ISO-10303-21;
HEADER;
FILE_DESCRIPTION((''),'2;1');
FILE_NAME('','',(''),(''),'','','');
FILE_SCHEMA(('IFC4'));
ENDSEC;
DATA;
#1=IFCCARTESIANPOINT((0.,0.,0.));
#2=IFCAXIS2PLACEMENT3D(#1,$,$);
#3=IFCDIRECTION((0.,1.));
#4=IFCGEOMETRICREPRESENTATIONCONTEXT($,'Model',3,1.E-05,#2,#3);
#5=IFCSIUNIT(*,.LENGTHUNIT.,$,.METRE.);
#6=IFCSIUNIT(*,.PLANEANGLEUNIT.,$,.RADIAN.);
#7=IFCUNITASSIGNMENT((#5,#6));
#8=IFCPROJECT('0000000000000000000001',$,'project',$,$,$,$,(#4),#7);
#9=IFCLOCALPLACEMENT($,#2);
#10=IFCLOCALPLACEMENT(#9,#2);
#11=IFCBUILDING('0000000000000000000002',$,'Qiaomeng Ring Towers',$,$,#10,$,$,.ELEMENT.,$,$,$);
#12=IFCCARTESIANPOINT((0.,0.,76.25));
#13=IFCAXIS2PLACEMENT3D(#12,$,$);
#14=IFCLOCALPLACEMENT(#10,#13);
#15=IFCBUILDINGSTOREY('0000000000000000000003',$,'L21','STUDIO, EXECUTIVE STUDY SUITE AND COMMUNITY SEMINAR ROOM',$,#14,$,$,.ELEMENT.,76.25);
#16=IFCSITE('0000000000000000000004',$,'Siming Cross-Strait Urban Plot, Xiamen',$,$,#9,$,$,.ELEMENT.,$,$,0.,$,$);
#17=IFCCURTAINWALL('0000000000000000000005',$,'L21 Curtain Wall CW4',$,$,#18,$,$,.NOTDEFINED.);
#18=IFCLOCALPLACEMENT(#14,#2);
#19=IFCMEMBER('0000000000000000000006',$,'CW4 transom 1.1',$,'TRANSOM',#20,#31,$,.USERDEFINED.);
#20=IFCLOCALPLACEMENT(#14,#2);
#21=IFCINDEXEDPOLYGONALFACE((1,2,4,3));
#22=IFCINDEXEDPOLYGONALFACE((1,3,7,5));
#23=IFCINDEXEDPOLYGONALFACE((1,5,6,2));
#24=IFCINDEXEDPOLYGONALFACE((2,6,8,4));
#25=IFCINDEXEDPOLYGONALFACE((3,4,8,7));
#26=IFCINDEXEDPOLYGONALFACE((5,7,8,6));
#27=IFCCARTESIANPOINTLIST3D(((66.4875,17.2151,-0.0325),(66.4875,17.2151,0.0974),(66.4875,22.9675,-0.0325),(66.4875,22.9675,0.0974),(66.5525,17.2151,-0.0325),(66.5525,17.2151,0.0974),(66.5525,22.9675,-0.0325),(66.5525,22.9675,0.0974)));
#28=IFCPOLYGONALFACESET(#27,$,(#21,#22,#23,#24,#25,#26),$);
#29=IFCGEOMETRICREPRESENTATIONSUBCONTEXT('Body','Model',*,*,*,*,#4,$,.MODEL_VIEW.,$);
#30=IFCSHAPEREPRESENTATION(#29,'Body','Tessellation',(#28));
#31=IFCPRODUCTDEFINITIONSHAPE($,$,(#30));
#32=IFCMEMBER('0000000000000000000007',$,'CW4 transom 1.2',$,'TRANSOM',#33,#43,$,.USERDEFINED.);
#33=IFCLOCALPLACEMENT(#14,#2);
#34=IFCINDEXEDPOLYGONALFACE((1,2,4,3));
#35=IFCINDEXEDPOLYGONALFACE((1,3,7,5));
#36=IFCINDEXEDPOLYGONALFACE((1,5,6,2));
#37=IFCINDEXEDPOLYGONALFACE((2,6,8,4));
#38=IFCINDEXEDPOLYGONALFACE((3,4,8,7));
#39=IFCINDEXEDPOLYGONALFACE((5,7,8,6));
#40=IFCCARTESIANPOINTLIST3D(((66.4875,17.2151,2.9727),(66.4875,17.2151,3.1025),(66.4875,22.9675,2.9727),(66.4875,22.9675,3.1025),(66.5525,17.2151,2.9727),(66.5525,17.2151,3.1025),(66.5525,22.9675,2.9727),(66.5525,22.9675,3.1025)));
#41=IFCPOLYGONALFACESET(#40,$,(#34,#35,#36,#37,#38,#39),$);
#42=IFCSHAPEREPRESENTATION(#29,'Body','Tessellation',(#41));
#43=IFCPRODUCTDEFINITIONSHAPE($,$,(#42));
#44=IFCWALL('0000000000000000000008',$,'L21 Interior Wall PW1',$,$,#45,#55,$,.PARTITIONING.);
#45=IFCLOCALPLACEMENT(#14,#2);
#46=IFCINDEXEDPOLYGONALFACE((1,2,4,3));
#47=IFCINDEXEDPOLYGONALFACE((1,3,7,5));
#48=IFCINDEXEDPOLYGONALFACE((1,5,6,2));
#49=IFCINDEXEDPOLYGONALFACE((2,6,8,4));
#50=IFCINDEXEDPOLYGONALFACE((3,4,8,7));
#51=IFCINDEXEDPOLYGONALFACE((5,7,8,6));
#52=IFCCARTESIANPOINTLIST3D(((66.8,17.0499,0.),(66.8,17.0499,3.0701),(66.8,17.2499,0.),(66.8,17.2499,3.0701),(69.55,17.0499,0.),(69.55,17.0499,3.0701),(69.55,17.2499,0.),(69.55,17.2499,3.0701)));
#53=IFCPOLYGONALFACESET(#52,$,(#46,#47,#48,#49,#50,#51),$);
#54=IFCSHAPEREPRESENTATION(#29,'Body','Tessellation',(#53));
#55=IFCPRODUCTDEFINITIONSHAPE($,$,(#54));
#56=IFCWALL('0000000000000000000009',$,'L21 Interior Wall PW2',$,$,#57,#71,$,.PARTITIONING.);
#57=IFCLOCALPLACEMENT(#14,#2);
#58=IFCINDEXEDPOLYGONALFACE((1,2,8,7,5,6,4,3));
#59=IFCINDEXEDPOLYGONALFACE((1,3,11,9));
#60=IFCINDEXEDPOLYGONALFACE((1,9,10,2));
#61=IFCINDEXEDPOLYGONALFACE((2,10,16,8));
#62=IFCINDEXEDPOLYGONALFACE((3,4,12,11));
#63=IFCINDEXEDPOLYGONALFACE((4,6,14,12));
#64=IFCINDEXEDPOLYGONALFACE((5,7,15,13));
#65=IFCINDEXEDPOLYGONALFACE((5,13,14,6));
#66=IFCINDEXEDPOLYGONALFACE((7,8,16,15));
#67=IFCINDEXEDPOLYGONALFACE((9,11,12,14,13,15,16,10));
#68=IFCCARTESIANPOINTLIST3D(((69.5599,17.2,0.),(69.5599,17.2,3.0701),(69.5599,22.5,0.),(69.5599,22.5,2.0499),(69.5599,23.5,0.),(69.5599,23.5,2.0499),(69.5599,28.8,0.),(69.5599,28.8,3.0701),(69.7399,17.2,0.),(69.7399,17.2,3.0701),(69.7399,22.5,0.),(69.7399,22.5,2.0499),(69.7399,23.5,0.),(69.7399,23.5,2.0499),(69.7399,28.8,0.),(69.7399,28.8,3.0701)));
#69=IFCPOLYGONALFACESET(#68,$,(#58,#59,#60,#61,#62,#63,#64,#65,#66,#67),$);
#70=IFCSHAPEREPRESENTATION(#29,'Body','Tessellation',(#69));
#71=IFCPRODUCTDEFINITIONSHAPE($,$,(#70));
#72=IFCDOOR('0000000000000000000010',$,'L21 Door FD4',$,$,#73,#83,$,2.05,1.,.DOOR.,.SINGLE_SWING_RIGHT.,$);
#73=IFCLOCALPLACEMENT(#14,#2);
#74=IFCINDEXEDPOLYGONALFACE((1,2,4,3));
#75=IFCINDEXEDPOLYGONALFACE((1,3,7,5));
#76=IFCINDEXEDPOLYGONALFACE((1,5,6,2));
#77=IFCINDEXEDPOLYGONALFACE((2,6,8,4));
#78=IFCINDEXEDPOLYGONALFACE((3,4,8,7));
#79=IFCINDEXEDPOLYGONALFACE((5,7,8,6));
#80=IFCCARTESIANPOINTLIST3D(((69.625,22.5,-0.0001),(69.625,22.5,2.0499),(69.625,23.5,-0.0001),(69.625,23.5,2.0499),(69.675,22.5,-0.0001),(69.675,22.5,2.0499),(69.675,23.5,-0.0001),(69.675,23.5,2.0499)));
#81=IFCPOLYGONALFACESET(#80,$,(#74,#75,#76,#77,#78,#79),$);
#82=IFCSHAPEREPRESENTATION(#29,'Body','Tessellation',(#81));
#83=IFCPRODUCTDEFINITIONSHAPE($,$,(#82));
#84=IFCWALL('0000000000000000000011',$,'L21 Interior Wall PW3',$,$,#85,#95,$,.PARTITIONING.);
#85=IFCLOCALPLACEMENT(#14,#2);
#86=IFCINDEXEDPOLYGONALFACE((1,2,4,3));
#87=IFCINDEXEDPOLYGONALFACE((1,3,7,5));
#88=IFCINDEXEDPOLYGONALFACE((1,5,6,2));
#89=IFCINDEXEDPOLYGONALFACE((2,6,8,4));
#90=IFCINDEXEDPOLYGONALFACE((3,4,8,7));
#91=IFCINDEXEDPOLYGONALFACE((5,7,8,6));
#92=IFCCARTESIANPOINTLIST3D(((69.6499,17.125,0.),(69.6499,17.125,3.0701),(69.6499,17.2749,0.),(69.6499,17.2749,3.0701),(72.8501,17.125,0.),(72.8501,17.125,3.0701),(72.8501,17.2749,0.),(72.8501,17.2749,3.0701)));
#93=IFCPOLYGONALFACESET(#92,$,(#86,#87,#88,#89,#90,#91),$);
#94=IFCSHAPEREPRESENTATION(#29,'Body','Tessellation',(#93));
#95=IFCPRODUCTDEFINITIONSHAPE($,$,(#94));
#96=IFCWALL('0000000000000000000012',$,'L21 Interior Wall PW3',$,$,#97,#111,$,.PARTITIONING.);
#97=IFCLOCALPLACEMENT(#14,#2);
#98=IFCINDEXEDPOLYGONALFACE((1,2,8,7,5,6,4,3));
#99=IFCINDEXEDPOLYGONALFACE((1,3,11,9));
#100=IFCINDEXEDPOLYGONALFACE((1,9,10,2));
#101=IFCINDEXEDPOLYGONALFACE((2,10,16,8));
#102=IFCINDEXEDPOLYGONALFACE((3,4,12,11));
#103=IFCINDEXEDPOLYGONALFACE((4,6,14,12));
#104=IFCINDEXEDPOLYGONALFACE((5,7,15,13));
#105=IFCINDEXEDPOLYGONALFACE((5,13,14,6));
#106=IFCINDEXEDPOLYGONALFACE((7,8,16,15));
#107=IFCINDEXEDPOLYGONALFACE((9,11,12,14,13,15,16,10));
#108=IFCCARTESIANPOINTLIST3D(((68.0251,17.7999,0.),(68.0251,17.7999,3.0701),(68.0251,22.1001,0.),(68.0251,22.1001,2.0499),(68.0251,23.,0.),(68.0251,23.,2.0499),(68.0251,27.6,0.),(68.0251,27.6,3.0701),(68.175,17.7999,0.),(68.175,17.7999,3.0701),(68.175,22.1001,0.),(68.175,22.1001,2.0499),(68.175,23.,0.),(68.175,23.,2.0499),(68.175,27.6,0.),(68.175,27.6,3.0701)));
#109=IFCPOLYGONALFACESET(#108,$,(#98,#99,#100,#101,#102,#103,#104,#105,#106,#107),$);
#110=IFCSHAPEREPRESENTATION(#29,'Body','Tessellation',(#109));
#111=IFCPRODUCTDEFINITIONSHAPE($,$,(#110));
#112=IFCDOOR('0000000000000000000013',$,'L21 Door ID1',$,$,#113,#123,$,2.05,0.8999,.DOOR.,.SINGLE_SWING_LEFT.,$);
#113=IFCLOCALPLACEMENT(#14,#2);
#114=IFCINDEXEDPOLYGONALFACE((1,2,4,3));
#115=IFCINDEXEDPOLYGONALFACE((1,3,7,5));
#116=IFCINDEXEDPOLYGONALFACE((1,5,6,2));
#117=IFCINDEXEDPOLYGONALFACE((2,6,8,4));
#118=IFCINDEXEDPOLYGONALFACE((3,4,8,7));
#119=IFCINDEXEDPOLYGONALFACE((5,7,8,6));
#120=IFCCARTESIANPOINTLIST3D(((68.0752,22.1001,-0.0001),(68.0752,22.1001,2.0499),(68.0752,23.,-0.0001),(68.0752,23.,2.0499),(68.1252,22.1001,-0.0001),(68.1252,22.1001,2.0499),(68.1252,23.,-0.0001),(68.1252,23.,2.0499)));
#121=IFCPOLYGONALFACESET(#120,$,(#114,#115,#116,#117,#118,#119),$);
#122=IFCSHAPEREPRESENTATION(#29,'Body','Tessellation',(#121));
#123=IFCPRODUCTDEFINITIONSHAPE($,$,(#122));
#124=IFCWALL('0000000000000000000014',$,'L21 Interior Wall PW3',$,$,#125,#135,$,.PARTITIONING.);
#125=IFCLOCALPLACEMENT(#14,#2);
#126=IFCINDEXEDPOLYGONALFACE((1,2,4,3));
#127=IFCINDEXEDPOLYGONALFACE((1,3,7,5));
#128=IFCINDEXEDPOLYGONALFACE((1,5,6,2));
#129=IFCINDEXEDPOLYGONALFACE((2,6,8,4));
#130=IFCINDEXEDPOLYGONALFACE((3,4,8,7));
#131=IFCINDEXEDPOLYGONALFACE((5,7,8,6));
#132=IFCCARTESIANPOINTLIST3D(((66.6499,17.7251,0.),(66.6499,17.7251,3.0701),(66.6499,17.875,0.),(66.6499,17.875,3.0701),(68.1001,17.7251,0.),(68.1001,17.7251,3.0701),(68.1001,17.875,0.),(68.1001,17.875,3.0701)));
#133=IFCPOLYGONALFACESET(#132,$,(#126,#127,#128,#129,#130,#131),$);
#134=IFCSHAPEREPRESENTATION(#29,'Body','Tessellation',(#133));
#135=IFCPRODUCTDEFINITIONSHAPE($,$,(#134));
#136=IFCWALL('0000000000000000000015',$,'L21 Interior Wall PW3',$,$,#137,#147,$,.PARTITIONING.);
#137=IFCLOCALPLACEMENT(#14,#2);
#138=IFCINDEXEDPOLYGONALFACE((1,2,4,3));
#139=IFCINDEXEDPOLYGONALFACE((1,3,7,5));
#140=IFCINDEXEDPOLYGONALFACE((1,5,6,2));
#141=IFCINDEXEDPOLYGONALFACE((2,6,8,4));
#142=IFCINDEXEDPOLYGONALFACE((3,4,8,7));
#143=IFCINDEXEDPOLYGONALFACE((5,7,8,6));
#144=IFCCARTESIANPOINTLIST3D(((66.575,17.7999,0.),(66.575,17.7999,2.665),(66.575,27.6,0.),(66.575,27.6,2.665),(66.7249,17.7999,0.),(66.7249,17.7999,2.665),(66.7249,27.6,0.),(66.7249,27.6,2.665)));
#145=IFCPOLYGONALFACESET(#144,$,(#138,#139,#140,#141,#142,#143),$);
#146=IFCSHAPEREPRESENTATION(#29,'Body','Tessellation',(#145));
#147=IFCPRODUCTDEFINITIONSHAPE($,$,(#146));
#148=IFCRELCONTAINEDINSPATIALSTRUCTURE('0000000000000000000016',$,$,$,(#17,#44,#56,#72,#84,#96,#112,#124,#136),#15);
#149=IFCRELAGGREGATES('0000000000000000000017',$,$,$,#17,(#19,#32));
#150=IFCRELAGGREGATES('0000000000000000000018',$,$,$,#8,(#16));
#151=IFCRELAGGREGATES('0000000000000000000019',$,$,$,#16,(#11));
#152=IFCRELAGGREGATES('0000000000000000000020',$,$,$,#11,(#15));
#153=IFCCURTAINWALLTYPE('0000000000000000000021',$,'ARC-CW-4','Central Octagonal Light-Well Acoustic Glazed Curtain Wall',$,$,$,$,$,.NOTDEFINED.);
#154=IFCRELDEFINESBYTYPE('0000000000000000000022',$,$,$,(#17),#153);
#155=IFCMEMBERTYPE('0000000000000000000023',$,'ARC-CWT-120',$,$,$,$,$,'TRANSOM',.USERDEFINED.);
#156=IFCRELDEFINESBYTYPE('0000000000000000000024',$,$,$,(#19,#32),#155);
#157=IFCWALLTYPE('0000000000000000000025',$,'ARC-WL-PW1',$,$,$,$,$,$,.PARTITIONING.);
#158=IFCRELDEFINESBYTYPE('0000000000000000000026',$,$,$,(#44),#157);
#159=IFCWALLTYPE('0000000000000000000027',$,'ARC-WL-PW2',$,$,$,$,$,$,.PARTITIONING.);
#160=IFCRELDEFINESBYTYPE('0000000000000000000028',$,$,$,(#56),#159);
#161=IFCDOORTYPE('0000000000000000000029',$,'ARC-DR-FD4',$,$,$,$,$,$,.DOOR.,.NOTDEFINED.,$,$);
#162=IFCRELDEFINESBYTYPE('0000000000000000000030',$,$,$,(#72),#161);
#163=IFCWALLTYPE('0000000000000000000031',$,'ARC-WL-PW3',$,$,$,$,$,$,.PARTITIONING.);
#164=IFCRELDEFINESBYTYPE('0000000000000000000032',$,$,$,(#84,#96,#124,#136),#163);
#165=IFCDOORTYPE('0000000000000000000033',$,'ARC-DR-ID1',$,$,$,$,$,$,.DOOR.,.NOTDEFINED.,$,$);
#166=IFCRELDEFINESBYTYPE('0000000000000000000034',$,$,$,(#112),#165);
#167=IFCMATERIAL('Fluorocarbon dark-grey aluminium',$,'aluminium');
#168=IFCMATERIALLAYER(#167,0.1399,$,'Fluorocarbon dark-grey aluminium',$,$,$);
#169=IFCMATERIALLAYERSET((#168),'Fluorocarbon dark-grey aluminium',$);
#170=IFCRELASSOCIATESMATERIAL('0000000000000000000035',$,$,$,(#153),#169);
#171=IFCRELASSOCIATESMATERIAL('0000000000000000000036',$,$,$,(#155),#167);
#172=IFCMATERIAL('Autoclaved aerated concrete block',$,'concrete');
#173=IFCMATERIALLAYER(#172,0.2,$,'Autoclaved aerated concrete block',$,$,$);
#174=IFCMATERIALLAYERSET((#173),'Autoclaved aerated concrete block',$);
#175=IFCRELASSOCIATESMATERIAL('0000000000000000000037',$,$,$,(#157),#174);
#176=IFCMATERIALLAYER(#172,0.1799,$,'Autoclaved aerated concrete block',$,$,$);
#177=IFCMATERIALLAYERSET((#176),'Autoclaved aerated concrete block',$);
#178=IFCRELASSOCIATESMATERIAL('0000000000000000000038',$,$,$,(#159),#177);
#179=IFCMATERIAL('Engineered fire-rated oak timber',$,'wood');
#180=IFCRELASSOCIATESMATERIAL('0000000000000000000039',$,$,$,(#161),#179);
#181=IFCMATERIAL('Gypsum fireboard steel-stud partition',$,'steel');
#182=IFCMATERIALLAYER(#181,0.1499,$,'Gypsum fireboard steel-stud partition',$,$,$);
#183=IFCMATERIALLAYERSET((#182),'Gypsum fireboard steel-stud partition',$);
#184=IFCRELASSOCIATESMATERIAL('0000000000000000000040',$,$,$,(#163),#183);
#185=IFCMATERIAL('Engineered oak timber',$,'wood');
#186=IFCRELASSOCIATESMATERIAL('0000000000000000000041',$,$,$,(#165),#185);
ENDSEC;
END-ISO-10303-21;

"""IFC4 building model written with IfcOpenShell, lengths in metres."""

from ifc_helpers import new_model, si_unit, direction, frame, frame_2d, origin, origin_2d, place, context, subcontext, project, spatial, rectangle, extrude, source, transform, mapped, material, layer, layer_set, material_profile, profile_set, type_object, element, fill, aggregate, save


model = new_model("IFC4")

# Units and contexts
model_context = context("Model", 3, precision=1e-05, world=origin(), true_north=direction((0.0, 1.0)))
body_context = subcontext(model_context, "Body", "Model", "MODEL_VIEW")
ifc_project = project(units=[si_unit("LENGTHUNIT", "METRE"), si_unit("PLANEANGLEUNIT", "RADIAN")], contexts=[model_context])

# Site, building, storey
site_placement = place(None, origin())
site = spatial("IfcSite", under=ifc_project, at=site_placement, Name="Siming Cross-Strait Urban Plot, Xiamen", CompositionType="ELEMENT", RefElevation=0.0)
building_placement = place(site_placement, origin())
building = spatial("IfcBuilding", under=site, at=building_placement, Name="Qiaomeng Ring Towers", CompositionType="ELEMENT")
storey_placement = place(building_placement, frame((0.0, 0.0, 76.25)))
storey = spatial("IfcBuildingStorey", under=building, at=storey_placement, Name="L21", Description="STUDIO, EXECUTIVE STUDY SUITE AND COMMUNITY SEMINAR ROOM", CompositionType="ELEMENT", Elevation=76.25)

# Curtain wall, members
ifc_material_1 = material(Name="Fluorocarbon dark-grey aluminium", Category="aluminium")
ifc_layer_1 = layer(ifc_material_1, 0.1399, Name="Fluorocarbon dark-grey aluminium")
ifc_layer_set_1 = layer_set([ifc_layer_1], Name="Fluorocarbon dark-grey aluminium")
curtain_wall_type = type_object("IfcCurtainWallType", Name="ARC-CW-4", Description="Central Octagonal Light-Well Acoustic Glazed Curtain Wall", PredefinedType="NOTDEFINED", material=ifc_layer_set_1)
curtain_wall_placement = place(storey_placement, origin())
curtain_wall = element("IfcCurtainWall", 1, at=curtain_wall_placement, inside=storey, type_object=curtain_wall_type, Name="L21 Curtain Wall CW4", PredefinedType="NOTDEFINED")
ifc_material_profile_1 = material_profile(ifc_material_1, rectangle(XDim=0.0649, YDim=0.1299, at=origin_2d()), Name="ALU TRAN 65x130")
ifc_profile_set_1 = profile_set([ifc_material_profile_1], Name="Fluorocarbon dark-grey aluminium")
member_type_1 = type_object("IfcMemberType", Name="ARC-CWT-120", ElementType="TRANSOM", PredefinedType="USERDEFINED", material=ifc_profile_set_1)
shared_shape_1 = source(origin(), body_context, "Body", "SweptSolid", [
    extrude(rectangle(XDim=0.0649, YDim=0.1299, at=origin_2d()), origin(), (0.0, 0.0, 1.0), 5.7524),
])
member_1_placement = place(storey_placement, frame((66.52, 17.2151, 0.0325), z_axis=(0.0, 1.0, 0.0), x_axis=(-1.0, 0.0, 0.0)))
member_1 = element("IfcMember", 2, at=member_1_placement, type_object=member_type_1, Name="CW4 transom 1.1", ObjectType="TRANSOM", PredefinedType="USERDEFINED", context=body_context, shape_type="MappedRepresentation", body=[
    mapped(shared_shape_1, transform((0.0, 0.0, 0.0), x_axis=(1.0, 0.0, 0.0), y_axis=(0.0, 1.0, 0.0), z_axis=(0.0, 0.0, 1.0), scale=1.0)),
])
member_2_placement = place(storey_placement, frame((66.52, 17.2151, 3.0376), z_axis=(0.0, 1.0, 0.0), x_axis=(-1.0, 0.0, 0.0)))
member_2 = element("IfcMember", 3, at=member_2_placement, type_object=member_type_1, Name="CW4 transom 1.2", ObjectType="TRANSOM", PredefinedType="USERDEFINED", context=body_context, shape_type="MappedRepresentation", body=[
    mapped(shared_shape_1, transform((0.0, 0.0, 0.0), x_axis=(1.0, 0.0, 0.0), y_axis=(0.0, 1.0, 0.0), z_axis=(0.0, 0.0, 1.0), scale=1.0)),
])
aggregate(curtain_wall, [member_1, member_2])

# Wall
ifc_material_2 = material(Name="Autoclaved aerated concrete block", Category="concrete")
ifc_layer_2 = layer(ifc_material_2, 0.2, Name="Autoclaved aerated concrete block")
ifc_layer_set_2 = layer_set([ifc_layer_2], Name="Autoclaved aerated concrete block")
wall_type_1 = type_object("IfcWallType", Name="ARC-WL-PW1", PredefinedType="PARTITIONING", material=ifc_layer_set_2)
wall_1_placement = place(storey_placement, frame((66.8, 17.1499, 0.0), z_axis=(0.0, 0.0, 1.0), x_axis=(1.0, 0.0, 0.0)))
element("IfcWall", 4, at=wall_1_placement, inside=storey, type_object=wall_type_1, Name="L21 Interior Wall PW1", PredefinedType="PARTITIONING", context=body_context, shape_type="SweptSolid", body=[
    extrude(rectangle(XDim=2.75, YDim=0.2, at=frame_2d((1.375, 0.0))), origin(), (0.0, 0.0, 1.0), 3.0701),
])

# Wall, opening, door
ifc_layer_3 = layer(ifc_material_2, 0.1799, Name="Autoclaved aerated concrete block")
ifc_layer_set_3 = layer_set([ifc_layer_3], Name="Autoclaved aerated concrete block")
wall_type_2 = type_object("IfcWallType", Name="ARC-WL-PW2", PredefinedType="PARTITIONING", material=ifc_layer_set_3)
wall_2_placement = place(storey_placement, frame((69.6499, 17.2, 0.0), z_axis=(0.0, 0.0, 1.0), x_axis=(0.0, 1.0, 0.0)))
wall_2 = element("IfcWall", 5, at=wall_2_placement, inside=storey, type_object=wall_type_2, Name="L21 Interior Wall PW2", PredefinedType="PARTITIONING", context=body_context, shape_type="SweptSolid", body=[
    extrude(rectangle(XDim=11.6001, YDim=0.1799, at=frame_2d((5.8, 0.0))), origin(), (0.0, 0.0, 1.0), 3.0701),
])
opening_1_placement = place(wall_2_placement, frame((5.3, 0.0, 0.0)))
opening_1 = element("IfcOpeningElement", 6, at=opening_1_placement, cuts=wall_2, PredefinedType="OPENING", context=body_context, shape_type="SweptSolid", body=[
    extrude(rectangle(XDim=1.0, YDim=2.05, at=frame_2d((0.5, 1.0249))), frame((0.0, 0.0999, 0.0), z_axis=(0.0, -1.0, 0.0), x_axis=(1.0, 0.0, 0.0)), (0.0, 0.0, 1.0), 0.2),
])
ifc_material_3 = material(Name="Engineered fire-rated oak timber", Category="wood")
door_type_1 = type_object("IfcDoorType", Name="ARC-DR-FD4", OperationType="NOTDEFINED", PredefinedType="DOOR", material=ifc_material_3)
shared_shape_2 = source(origin(), body_context, "Body", "SweptSolid", [
    extrude(rectangle(XDim=1.0, YDim=2.05, at=frame_2d((0.5, 1.0249))), frame((0.0, 0.0249, 0.0), z_axis=(0.0, -1.0, 0.0), x_axis=(1.0, 0.0, 0.0)), (0.0, 0.0, 1.0), 0.05),
])
door_1_placement = place(opening_1_placement, origin())
door_1 = element("IfcDoor", 7, at=door_1_placement, inside=storey, type_object=door_type_1, Name="L21 Door FD4", OperationType="SINGLE_SWING_RIGHT", OverallHeight=2.05, OverallWidth=1.0, PredefinedType="DOOR", context=body_context, shape_type="MappedRepresentation", body=[
    mapped(shared_shape_2, transform((0.0, 0.0, 0.0), x_axis=(1.0, 0.0, 0.0), y_axis=(0.0, 1.0, 0.0), z_axis=(0.0, 0.0, 1.0), scale=1.0)),
])
fill(opening_1, door_1)

# Wall
ifc_material_4 = material(Name="Gypsum fireboard steel-stud partition", Category="steel")
ifc_layer_4 = layer(ifc_material_4, 0.1499, Name="Gypsum fireboard steel-stud partition")
ifc_layer_set_4 = layer_set([ifc_layer_4], Name="Gypsum fireboard steel-stud partition")
wall_type_3 = type_object("IfcWallType", Name="ARC-WL-PW3", PredefinedType="PARTITIONING", material=ifc_layer_set_4)
wall_3_placement = place(storey_placement, frame((69.6499, 17.2, 0.0), z_axis=(0.0, 0.0, 1.0), x_axis=(1.0, 0.0, 0.0)))
element("IfcWall", 8, at=wall_3_placement, inside=storey, type_object=wall_type_3, Name="L21 Interior Wall PW3", PredefinedType="PARTITIONING", context=body_context, shape_type="SweptSolid", body=[
    extrude(rectangle(XDim=3.2002, YDim=0.1499, at=frame_2d((1.6001, 0.0))), origin(), (0.0, 0.0, 1.0), 3.0701),
])

# Wall, opening, door
wall_4_placement = place(storey_placement, frame((68.1001, 17.8, 0.0), z_axis=(0.0, 0.0, 1.0), x_axis=(0.0, 1.0, 0.0)))
wall_4 = element("IfcWall", 9, at=wall_4_placement, inside=storey, type_object=wall_type_3, Name="L21 Interior Wall PW3", PredefinedType="PARTITIONING", context=body_context, shape_type="SweptSolid", body=[
    extrude(rectangle(XDim=9.8, YDim=0.1499, at=frame_2d((4.8999, 0.0))), origin(), (0.0, 0.0, 1.0), 3.0701),
])
opening_2_placement = place(wall_4_placement, frame((4.3, 0.0, 0.0)))
opening_2 = element("IfcOpeningElement", 10, at=opening_2_placement, cuts=wall_4, PredefinedType="OPENING", context=body_context, shape_type="SweptSolid", body=[
    extrude(rectangle(XDim=0.8999, YDim=2.05, at=frame_2d((0.45, 1.0249))), frame((0.0, 0.085, 0.0), z_axis=(0.0, -1.0, 0.0), x_axis=(1.0, 0.0, 0.0)), (0.0, 0.0, 1.0), 0.1699),
])
ifc_material_5 = material(Name="Engineered oak timber", Category="wood")
door_type_2 = type_object("IfcDoorType", Name="ARC-DR-ID1", OperationType="NOTDEFINED", PredefinedType="DOOR", material=ifc_material_5)
shared_shape_3 = source(origin(), body_context, "Body", "SweptSolid", [
    extrude(rectangle(XDim=0.8999, YDim=2.05, at=frame_2d((0.45, 1.0249))), frame((0.0, 0.0249, 0.0), z_axis=(0.0, -1.0, 0.0), x_axis=(1.0, 0.0, 0.0)), (0.0, 0.0, 1.0), 0.05),
])
door_2_placement = place(opening_2_placement, origin())
door_2 = element("IfcDoor", 11, at=door_2_placement, inside=storey, type_object=door_type_2, Name="L21 Door ID1", OperationType="SINGLE_SWING_LEFT", OverallHeight=2.05, OverallWidth=0.8999, PredefinedType="DOOR", context=body_context, shape_type="MappedRepresentation", body=[
    mapped(shared_shape_3, transform((0.0, 0.0, 0.0), x_axis=(1.0, 0.0, 0.0), y_axis=(0.0, 1.0, 0.0), z_axis=(0.0, 0.0, 1.0), scale=1.0)),
])
fill(opening_2, door_2)

# Walls
wall_5_placement = place(storey_placement, frame((66.6499, 17.8, 0.0), z_axis=(0.0, 0.0, 1.0), x_axis=(1.0, 0.0, 0.0)))
element("IfcWall", 12, at=wall_5_placement, inside=storey, type_object=wall_type_3, Name="L21 Interior Wall PW3", PredefinedType="PARTITIONING", context=body_context, shape_type="SweptSolid", body=[
    extrude(rectangle(XDim=1.4502, YDim=0.1499, at=frame_2d((0.7251, 0.0))), origin(), (0.0, 0.0, 1.0), 3.0701),
])
wall_6_placement = place(storey_placement, frame((66.6499, 17.8, 0.0), z_axis=(0.0, 0.0, 1.0), x_axis=(0.0, 1.0, 0.0)))
element("IfcWall", 13, at=wall_6_placement, inside=storey, type_object=wall_type_3, Name="L21 Interior Wall PW3", PredefinedType="PARTITIONING", context=body_context, shape_type="SweptSolid", body=[
    extrude(rectangle(XDim=9.8, YDim=0.1499, at=frame_2d((4.8999, 0.0))), origin(), (0.0, 0.0, 1.0), 2.665),
])

save(model, "model.ifc")
